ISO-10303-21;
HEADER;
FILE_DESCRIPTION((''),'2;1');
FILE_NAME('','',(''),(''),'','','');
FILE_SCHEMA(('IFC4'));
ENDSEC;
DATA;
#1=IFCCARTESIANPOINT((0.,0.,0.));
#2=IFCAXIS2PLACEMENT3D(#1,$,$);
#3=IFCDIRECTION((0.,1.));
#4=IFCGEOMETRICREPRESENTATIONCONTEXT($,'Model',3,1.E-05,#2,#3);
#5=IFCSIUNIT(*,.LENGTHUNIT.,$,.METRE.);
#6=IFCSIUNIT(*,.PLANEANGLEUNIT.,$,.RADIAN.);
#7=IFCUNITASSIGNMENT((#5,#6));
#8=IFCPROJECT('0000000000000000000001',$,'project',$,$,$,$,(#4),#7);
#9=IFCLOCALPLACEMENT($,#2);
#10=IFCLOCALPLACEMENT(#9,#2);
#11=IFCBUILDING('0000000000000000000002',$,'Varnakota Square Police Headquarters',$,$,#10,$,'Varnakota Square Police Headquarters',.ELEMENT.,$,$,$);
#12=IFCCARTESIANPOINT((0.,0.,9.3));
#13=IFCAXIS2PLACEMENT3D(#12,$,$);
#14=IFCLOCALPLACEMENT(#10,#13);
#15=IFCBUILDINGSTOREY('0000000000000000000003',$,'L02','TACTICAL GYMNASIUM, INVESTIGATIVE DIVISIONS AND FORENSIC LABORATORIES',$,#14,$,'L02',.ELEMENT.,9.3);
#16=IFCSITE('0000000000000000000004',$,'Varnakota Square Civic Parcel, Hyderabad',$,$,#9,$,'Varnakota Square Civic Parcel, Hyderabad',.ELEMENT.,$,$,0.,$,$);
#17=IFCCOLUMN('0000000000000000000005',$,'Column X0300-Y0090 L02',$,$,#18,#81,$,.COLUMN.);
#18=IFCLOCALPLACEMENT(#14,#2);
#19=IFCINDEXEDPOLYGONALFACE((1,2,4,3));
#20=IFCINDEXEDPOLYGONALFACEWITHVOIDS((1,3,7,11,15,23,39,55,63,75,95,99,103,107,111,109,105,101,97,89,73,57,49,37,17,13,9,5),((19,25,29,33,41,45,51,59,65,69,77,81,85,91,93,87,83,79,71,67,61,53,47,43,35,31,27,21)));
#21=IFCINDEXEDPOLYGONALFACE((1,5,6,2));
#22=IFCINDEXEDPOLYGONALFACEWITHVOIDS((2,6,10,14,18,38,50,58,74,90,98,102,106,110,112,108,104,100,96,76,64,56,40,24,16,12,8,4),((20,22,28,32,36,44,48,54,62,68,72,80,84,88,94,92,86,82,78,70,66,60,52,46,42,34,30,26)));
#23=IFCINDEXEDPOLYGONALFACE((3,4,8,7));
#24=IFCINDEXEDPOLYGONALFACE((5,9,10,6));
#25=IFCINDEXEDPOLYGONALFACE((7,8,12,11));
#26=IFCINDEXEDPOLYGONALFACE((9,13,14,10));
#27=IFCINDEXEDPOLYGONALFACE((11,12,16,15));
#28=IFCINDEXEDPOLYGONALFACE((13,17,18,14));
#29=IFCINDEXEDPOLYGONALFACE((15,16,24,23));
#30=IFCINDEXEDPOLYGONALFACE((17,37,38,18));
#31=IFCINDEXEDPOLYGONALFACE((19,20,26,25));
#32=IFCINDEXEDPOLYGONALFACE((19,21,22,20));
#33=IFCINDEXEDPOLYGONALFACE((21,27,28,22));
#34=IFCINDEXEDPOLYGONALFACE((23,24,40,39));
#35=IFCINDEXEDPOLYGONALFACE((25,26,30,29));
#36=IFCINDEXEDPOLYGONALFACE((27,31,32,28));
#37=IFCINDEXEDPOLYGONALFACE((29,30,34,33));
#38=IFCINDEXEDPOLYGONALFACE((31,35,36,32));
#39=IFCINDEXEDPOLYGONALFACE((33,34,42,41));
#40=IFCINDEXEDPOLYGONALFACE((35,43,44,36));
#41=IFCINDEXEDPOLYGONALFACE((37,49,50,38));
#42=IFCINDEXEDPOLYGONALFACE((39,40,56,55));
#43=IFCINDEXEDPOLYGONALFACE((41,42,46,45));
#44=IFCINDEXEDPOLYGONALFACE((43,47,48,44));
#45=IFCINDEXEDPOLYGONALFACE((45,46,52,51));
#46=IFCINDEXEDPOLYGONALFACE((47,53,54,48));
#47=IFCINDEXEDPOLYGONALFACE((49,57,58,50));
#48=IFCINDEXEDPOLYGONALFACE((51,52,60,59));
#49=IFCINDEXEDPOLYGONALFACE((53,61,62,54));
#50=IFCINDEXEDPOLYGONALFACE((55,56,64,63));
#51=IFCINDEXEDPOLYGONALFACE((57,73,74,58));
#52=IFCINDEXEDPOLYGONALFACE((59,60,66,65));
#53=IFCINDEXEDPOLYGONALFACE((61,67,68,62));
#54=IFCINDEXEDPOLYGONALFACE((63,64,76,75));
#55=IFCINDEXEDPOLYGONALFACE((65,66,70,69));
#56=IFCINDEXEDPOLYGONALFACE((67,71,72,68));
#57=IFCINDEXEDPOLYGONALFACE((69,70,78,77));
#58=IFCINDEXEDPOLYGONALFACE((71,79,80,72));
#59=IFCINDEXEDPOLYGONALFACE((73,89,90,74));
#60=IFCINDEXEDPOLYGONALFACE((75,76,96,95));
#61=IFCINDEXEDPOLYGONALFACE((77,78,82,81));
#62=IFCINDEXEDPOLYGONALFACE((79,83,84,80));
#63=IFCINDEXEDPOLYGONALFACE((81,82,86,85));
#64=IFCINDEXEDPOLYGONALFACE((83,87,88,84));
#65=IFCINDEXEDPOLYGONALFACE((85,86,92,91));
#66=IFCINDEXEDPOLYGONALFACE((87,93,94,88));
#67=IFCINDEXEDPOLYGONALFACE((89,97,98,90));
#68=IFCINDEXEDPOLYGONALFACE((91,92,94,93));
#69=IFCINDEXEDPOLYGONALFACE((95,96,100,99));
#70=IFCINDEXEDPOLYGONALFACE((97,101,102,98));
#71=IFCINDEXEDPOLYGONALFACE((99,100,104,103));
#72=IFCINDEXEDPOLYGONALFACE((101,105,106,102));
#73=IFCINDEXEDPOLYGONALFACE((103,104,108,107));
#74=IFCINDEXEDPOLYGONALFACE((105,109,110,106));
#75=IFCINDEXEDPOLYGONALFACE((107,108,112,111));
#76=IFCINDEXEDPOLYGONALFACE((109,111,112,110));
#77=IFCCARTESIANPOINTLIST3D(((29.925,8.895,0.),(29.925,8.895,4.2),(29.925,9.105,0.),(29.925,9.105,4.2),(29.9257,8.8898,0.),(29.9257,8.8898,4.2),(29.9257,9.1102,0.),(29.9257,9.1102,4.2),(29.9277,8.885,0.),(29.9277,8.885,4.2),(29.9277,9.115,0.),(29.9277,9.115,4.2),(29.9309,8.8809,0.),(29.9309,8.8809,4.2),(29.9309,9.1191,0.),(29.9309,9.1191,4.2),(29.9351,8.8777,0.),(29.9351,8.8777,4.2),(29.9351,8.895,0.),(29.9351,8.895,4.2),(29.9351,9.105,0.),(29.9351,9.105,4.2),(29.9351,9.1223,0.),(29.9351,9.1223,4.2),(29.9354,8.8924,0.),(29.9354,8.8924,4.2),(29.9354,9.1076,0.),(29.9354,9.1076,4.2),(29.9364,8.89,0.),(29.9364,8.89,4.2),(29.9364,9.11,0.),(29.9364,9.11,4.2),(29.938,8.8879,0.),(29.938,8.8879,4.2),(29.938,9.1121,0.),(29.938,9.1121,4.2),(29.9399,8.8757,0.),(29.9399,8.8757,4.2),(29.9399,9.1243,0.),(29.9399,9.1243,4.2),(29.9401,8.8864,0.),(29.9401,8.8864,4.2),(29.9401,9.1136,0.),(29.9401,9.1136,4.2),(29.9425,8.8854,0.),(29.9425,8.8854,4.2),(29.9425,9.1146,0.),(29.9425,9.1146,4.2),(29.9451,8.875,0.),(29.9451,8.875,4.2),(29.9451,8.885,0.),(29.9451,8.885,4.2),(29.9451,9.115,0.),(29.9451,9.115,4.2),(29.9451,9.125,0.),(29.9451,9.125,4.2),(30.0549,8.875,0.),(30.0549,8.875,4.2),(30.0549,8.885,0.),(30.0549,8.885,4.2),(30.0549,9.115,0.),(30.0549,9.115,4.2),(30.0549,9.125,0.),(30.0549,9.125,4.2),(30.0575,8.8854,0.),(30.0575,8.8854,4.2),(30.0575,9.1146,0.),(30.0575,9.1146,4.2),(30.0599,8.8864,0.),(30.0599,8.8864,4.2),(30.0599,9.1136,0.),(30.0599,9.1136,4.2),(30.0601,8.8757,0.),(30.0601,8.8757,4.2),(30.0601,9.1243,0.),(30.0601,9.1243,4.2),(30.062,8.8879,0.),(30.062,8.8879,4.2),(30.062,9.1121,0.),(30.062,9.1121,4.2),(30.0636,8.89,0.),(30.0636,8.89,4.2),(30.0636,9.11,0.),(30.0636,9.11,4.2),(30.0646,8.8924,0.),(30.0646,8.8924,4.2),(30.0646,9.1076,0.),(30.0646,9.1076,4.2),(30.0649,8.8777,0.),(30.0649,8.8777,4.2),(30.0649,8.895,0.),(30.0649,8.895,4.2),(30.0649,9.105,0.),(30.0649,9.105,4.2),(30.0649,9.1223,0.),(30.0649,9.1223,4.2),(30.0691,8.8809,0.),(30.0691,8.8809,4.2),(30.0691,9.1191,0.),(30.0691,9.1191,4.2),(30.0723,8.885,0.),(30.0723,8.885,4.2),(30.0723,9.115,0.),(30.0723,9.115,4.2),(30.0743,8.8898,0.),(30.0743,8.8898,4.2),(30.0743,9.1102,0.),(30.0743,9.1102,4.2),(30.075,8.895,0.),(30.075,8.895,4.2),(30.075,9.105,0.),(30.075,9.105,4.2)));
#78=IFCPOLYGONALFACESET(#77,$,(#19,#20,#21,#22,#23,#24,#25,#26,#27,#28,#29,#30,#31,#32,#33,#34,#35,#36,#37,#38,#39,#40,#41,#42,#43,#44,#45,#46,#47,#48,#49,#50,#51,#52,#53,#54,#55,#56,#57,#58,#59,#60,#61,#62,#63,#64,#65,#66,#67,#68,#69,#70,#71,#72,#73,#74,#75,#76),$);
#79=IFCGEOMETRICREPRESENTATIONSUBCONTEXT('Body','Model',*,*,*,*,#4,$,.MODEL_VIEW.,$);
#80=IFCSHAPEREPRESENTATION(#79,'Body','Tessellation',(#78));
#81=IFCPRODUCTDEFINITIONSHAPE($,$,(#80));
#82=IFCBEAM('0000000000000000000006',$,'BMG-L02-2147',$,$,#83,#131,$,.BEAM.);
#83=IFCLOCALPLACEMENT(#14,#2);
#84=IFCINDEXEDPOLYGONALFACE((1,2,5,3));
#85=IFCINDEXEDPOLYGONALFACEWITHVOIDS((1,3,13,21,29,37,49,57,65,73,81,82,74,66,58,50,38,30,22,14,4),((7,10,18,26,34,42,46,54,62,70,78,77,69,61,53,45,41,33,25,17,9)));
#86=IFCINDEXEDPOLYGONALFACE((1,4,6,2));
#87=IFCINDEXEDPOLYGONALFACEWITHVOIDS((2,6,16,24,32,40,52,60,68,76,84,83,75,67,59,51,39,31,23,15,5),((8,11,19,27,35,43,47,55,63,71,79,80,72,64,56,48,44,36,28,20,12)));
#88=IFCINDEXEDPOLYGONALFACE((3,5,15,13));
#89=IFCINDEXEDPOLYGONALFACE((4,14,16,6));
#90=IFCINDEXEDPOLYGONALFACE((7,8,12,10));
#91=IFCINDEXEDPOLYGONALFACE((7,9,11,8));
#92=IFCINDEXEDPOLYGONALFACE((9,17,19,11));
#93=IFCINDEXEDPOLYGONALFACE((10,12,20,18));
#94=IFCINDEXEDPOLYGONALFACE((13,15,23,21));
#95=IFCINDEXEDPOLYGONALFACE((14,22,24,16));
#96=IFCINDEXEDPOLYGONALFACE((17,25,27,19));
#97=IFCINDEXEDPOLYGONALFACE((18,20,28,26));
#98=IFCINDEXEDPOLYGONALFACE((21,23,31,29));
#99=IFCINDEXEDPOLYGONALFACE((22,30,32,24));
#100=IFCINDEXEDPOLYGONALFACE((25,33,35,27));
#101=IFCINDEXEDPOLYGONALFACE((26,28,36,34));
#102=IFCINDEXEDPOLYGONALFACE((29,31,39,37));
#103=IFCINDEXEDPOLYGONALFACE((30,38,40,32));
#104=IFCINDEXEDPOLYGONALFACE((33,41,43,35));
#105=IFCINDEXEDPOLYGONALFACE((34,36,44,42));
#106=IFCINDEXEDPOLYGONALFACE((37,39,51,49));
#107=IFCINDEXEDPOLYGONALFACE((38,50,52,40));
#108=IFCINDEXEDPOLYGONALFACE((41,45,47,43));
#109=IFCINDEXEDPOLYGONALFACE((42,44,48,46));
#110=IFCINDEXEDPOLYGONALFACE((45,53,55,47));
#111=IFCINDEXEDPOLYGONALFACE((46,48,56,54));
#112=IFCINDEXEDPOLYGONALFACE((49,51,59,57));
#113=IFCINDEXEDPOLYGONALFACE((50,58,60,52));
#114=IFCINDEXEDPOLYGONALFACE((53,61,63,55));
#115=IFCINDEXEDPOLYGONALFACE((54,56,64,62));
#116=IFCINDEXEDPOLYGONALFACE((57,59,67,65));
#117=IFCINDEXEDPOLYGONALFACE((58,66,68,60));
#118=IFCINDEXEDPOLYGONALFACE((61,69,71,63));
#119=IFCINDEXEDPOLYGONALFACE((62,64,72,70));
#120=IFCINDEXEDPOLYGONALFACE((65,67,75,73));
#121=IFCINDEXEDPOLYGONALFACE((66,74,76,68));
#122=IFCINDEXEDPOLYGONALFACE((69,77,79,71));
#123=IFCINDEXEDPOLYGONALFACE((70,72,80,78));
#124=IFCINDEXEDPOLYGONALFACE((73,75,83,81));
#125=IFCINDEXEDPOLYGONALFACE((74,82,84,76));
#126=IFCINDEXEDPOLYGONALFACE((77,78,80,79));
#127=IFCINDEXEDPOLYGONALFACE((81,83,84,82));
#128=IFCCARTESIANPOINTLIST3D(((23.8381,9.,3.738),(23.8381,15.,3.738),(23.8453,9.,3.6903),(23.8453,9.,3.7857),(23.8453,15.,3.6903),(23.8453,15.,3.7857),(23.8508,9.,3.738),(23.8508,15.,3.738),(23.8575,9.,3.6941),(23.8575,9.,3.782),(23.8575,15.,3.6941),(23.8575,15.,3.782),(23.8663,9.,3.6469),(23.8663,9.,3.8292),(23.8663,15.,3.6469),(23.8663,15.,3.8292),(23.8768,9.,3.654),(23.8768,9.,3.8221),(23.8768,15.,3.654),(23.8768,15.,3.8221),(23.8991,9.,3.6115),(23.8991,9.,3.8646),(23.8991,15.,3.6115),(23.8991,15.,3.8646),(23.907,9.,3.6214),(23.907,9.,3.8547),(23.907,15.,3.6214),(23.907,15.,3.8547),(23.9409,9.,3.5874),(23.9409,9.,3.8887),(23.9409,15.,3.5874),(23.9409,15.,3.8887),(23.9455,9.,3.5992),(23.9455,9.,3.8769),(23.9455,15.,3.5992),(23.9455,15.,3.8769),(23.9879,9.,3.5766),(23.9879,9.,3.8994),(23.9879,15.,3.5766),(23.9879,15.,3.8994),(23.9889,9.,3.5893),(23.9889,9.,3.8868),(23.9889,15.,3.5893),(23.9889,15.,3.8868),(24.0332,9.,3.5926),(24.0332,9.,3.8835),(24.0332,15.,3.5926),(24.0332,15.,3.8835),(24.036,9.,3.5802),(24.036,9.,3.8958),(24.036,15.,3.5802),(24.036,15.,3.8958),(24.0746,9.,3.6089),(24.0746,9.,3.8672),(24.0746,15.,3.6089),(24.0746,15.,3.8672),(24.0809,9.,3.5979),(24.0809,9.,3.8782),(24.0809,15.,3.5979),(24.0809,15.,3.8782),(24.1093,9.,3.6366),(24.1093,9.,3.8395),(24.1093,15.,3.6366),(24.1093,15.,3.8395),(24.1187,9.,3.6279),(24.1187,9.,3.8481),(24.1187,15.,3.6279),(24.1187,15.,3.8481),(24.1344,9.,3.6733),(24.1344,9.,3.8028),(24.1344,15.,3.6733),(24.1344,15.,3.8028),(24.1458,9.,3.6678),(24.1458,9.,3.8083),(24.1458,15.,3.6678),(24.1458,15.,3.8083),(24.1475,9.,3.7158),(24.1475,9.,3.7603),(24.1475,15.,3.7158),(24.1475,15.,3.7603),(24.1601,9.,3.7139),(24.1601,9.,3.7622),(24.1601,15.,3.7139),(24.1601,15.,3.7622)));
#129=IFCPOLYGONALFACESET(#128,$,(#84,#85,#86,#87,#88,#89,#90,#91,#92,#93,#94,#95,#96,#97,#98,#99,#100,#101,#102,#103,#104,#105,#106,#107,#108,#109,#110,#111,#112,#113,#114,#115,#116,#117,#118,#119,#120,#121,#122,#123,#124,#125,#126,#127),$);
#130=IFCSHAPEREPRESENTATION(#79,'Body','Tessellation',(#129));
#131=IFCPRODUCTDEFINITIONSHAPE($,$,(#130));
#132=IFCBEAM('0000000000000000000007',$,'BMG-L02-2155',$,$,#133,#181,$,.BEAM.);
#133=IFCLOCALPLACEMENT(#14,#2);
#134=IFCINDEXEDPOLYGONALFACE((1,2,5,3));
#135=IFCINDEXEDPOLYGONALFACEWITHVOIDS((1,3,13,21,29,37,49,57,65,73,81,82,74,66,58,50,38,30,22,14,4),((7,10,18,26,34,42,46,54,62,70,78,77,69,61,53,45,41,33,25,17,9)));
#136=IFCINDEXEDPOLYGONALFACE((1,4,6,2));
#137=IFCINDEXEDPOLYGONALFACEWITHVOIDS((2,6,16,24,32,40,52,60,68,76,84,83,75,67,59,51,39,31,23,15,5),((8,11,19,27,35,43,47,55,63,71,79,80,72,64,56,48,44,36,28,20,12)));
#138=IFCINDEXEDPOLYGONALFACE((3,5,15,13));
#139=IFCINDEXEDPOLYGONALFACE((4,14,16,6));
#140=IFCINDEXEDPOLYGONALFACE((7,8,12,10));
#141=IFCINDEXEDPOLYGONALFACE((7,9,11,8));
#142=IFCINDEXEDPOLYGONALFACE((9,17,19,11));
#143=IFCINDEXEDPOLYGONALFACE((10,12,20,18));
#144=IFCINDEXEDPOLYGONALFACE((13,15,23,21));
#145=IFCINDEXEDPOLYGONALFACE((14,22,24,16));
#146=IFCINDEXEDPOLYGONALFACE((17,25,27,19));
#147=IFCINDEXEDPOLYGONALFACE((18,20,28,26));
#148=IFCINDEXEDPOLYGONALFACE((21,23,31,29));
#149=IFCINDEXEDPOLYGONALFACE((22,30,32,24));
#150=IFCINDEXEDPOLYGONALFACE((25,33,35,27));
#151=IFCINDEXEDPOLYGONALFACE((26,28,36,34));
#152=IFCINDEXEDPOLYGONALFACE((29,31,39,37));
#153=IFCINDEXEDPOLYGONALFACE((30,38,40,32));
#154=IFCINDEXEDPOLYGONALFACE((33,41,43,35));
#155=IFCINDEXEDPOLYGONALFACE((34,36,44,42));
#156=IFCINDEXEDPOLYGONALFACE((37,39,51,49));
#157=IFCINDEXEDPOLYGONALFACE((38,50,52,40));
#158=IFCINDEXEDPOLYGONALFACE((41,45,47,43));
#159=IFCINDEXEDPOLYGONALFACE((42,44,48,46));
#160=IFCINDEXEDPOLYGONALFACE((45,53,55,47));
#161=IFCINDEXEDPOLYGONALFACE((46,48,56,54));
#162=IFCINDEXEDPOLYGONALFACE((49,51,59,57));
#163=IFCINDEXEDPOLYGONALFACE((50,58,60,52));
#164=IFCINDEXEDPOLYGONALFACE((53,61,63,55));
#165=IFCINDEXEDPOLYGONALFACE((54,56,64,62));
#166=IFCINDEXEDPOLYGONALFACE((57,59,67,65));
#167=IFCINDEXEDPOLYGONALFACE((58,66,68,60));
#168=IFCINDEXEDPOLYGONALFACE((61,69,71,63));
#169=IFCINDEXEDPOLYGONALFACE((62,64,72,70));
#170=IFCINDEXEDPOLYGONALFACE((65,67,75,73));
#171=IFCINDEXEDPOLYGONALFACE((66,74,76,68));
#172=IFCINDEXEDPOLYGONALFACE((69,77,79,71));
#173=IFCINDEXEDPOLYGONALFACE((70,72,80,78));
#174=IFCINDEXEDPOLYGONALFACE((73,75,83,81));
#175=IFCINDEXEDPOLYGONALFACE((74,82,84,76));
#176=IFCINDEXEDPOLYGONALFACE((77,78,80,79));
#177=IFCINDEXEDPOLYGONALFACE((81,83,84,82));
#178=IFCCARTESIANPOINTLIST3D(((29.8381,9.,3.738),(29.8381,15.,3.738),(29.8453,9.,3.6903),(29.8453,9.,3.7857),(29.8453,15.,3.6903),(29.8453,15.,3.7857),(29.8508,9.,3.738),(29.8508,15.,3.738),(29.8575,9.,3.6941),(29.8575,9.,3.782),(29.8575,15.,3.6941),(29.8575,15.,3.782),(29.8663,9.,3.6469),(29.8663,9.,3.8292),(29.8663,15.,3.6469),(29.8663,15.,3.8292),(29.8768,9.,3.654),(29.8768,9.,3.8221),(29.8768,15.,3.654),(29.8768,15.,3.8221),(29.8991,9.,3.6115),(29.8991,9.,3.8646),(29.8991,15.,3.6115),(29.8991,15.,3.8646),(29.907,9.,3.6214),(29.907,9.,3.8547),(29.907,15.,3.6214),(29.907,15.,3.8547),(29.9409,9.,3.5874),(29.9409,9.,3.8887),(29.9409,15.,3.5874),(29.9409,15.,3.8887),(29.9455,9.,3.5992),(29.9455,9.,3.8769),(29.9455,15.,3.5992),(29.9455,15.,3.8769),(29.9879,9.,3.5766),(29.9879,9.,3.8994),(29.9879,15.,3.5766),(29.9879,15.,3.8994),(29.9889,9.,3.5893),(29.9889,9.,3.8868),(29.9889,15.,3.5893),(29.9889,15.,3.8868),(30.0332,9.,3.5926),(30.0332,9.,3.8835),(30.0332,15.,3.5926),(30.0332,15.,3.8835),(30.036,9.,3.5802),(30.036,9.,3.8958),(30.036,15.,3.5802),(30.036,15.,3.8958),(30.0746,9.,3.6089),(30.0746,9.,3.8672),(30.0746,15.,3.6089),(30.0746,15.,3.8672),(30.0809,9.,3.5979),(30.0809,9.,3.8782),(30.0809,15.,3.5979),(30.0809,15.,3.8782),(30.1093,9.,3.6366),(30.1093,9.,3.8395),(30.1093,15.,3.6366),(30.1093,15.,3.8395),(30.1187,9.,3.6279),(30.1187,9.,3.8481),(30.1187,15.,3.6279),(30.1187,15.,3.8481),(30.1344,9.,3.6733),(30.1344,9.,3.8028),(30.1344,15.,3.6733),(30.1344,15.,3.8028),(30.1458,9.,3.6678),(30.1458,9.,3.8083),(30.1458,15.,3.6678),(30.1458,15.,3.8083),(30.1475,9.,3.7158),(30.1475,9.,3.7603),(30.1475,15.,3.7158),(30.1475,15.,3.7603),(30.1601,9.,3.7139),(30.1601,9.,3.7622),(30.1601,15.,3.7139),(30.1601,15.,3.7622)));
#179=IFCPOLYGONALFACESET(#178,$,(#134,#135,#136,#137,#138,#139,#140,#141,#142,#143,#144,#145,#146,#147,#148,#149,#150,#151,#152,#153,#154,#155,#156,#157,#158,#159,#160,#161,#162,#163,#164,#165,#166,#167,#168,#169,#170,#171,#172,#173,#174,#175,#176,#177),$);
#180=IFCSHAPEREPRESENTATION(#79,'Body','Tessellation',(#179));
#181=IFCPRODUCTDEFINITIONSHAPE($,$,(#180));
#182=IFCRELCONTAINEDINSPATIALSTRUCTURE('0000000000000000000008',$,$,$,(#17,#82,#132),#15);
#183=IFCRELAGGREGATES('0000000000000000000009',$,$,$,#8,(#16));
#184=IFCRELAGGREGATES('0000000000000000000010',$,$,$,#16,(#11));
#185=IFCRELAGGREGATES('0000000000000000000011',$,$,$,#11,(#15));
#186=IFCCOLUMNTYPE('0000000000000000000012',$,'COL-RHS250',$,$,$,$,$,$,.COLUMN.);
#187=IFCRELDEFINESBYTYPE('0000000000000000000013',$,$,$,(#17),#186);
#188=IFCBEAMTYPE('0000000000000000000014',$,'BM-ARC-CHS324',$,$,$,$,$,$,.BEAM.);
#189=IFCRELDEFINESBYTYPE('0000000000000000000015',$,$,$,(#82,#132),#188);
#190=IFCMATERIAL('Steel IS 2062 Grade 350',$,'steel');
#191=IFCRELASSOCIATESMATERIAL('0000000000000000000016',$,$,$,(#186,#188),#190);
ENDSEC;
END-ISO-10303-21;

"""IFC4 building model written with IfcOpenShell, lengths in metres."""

from ifc_helpers import new_model, si_unit, direction, frame, origin, origin_2d, place, context, subcontext, project, spatial, hollow_rectangle, hollow_circle, extrude, material, material_profile, profile_set, type_object, element, save


model = new_model("IFC4")

# Units and contexts
model_context = context("Model", 3, precision=1e-05, world=origin(), true_north=direction((0.0, 1.0)))
body_context = subcontext(model_context, "Body", "Model", "MODEL_VIEW")
ifc_project = project(units=[si_unit("LENGTHUNIT", "METRE"), si_unit("PLANEANGLEUNIT", "RADIAN")], contexts=[model_context])

# Site, building, storey
site_placement = place(None, origin())
site = spatial("IfcSite", under=ifc_project, at=site_placement, Name="Varnakota Square Civic Parcel, Hyderabad", LongName="Varnakota Square Civic Parcel, Hyderabad", CompositionType="ELEMENT", RefElevation=0.0)
building_placement = place(site_placement, origin())
building = spatial("IfcBuilding", under=site, at=building_placement, Name="Varnakota Square Police Headquarters", LongName="Varnakota Square Police Headquarters", CompositionType="ELEMENT")
storey_placement = place(building_placement, frame((0.0, 0.0, 9.3)))
storey = spatial("IfcBuildingStorey", under=building, at=storey_placement, Name="L02", Description="TACTICAL GYMNASIUM, INVESTIGATIVE DIVISIONS AND FORENSIC LABORATORIES", LongName="L02", CompositionType="ELEMENT", Elevation=9.3)

# Column
ifc_material_1 = material(Name="Steel IS 2062 Grade 350", Category="steel")
ifc_material_profile_1 = material_profile(ifc_material_1, hollow_rectangle(XDim=0.1499, YDim=0.25, WallThickness=0.01, InnerFilletRadius=0.01, OuterFilletRadius=0.02, at=origin_2d()), Name="RHS 250x150x10")
ifc_profile_set_1 = profile_set([ifc_material_profile_1], Name="Steel IS 2062 Grade 350")
column_type_1 = type_object("IfcColumnType", Name="COL-RHS250", PredefinedType="COLUMN", material=ifc_profile_set_1)
column_1_placement = place(storey_placement, frame((30.0, 9.0, 0.0), z_axis=(0.0, 0.0, 1.0), x_axis=(1.0, 0.0, 0.0)))
element("IfcColumn", 1, at=column_1_placement, inside=storey, type_object=column_type_1, Name="Column X0300-Y0090 L02", PredefinedType="COLUMN", context=body_context, shape_type="SweptSolid", body=[
    extrude(hollow_rectangle(XDim=0.1499, YDim=0.25, WallThickness=0.01, InnerFilletRadius=0.01, OuterFilletRadius=0.02, at=origin_2d()), origin(), (0.0, 0.0, 1.0), 4.2),
])

# Beams
ifc_material_profile_2 = material_profile(ifc_material_1, hollow_circle(Radius=0.1619, WallThickness=0.0127, at=origin_2d()), Name="CHS 323.9x12.7")
ifc_profile_set_2 = profile_set([ifc_material_profile_2], Name="Steel IS 2062 Grade 350")
beam_type_1 = type_object("IfcBeamType", Name="BM-ARC-CHS324", PredefinedType="BEAM", material=ifc_profile_set_2)
for number, where, z_axis, x_axis, name in (
    (2, (24.0, 9.0, 3.738), (0.0, 1.0, 0.0), (-1.0, 0.0, 0.0), "BMG-L02-2147"),
    (3, (30.0, 9.0, 3.738), (0.0, 1.0, 0.0), (-1.0, 0.0, 0.0), "BMG-L02-2155"),
):
    element("IfcBeam", number, at=place(storey_placement, frame(where, z_axis=z_axis, x_axis=x_axis)), inside=storey, type_object=beam_type_1, Name=name, PredefinedType="BEAM", context=body_context, shape_type="SweptSolid", body=[
        extrude(hollow_circle(Radius=0.1619, WallThickness=0.0127, at=origin_2d()), origin(), (0.0, 0.0, 1.0), 6.0),
    ])

save(model, "model.ifc")
